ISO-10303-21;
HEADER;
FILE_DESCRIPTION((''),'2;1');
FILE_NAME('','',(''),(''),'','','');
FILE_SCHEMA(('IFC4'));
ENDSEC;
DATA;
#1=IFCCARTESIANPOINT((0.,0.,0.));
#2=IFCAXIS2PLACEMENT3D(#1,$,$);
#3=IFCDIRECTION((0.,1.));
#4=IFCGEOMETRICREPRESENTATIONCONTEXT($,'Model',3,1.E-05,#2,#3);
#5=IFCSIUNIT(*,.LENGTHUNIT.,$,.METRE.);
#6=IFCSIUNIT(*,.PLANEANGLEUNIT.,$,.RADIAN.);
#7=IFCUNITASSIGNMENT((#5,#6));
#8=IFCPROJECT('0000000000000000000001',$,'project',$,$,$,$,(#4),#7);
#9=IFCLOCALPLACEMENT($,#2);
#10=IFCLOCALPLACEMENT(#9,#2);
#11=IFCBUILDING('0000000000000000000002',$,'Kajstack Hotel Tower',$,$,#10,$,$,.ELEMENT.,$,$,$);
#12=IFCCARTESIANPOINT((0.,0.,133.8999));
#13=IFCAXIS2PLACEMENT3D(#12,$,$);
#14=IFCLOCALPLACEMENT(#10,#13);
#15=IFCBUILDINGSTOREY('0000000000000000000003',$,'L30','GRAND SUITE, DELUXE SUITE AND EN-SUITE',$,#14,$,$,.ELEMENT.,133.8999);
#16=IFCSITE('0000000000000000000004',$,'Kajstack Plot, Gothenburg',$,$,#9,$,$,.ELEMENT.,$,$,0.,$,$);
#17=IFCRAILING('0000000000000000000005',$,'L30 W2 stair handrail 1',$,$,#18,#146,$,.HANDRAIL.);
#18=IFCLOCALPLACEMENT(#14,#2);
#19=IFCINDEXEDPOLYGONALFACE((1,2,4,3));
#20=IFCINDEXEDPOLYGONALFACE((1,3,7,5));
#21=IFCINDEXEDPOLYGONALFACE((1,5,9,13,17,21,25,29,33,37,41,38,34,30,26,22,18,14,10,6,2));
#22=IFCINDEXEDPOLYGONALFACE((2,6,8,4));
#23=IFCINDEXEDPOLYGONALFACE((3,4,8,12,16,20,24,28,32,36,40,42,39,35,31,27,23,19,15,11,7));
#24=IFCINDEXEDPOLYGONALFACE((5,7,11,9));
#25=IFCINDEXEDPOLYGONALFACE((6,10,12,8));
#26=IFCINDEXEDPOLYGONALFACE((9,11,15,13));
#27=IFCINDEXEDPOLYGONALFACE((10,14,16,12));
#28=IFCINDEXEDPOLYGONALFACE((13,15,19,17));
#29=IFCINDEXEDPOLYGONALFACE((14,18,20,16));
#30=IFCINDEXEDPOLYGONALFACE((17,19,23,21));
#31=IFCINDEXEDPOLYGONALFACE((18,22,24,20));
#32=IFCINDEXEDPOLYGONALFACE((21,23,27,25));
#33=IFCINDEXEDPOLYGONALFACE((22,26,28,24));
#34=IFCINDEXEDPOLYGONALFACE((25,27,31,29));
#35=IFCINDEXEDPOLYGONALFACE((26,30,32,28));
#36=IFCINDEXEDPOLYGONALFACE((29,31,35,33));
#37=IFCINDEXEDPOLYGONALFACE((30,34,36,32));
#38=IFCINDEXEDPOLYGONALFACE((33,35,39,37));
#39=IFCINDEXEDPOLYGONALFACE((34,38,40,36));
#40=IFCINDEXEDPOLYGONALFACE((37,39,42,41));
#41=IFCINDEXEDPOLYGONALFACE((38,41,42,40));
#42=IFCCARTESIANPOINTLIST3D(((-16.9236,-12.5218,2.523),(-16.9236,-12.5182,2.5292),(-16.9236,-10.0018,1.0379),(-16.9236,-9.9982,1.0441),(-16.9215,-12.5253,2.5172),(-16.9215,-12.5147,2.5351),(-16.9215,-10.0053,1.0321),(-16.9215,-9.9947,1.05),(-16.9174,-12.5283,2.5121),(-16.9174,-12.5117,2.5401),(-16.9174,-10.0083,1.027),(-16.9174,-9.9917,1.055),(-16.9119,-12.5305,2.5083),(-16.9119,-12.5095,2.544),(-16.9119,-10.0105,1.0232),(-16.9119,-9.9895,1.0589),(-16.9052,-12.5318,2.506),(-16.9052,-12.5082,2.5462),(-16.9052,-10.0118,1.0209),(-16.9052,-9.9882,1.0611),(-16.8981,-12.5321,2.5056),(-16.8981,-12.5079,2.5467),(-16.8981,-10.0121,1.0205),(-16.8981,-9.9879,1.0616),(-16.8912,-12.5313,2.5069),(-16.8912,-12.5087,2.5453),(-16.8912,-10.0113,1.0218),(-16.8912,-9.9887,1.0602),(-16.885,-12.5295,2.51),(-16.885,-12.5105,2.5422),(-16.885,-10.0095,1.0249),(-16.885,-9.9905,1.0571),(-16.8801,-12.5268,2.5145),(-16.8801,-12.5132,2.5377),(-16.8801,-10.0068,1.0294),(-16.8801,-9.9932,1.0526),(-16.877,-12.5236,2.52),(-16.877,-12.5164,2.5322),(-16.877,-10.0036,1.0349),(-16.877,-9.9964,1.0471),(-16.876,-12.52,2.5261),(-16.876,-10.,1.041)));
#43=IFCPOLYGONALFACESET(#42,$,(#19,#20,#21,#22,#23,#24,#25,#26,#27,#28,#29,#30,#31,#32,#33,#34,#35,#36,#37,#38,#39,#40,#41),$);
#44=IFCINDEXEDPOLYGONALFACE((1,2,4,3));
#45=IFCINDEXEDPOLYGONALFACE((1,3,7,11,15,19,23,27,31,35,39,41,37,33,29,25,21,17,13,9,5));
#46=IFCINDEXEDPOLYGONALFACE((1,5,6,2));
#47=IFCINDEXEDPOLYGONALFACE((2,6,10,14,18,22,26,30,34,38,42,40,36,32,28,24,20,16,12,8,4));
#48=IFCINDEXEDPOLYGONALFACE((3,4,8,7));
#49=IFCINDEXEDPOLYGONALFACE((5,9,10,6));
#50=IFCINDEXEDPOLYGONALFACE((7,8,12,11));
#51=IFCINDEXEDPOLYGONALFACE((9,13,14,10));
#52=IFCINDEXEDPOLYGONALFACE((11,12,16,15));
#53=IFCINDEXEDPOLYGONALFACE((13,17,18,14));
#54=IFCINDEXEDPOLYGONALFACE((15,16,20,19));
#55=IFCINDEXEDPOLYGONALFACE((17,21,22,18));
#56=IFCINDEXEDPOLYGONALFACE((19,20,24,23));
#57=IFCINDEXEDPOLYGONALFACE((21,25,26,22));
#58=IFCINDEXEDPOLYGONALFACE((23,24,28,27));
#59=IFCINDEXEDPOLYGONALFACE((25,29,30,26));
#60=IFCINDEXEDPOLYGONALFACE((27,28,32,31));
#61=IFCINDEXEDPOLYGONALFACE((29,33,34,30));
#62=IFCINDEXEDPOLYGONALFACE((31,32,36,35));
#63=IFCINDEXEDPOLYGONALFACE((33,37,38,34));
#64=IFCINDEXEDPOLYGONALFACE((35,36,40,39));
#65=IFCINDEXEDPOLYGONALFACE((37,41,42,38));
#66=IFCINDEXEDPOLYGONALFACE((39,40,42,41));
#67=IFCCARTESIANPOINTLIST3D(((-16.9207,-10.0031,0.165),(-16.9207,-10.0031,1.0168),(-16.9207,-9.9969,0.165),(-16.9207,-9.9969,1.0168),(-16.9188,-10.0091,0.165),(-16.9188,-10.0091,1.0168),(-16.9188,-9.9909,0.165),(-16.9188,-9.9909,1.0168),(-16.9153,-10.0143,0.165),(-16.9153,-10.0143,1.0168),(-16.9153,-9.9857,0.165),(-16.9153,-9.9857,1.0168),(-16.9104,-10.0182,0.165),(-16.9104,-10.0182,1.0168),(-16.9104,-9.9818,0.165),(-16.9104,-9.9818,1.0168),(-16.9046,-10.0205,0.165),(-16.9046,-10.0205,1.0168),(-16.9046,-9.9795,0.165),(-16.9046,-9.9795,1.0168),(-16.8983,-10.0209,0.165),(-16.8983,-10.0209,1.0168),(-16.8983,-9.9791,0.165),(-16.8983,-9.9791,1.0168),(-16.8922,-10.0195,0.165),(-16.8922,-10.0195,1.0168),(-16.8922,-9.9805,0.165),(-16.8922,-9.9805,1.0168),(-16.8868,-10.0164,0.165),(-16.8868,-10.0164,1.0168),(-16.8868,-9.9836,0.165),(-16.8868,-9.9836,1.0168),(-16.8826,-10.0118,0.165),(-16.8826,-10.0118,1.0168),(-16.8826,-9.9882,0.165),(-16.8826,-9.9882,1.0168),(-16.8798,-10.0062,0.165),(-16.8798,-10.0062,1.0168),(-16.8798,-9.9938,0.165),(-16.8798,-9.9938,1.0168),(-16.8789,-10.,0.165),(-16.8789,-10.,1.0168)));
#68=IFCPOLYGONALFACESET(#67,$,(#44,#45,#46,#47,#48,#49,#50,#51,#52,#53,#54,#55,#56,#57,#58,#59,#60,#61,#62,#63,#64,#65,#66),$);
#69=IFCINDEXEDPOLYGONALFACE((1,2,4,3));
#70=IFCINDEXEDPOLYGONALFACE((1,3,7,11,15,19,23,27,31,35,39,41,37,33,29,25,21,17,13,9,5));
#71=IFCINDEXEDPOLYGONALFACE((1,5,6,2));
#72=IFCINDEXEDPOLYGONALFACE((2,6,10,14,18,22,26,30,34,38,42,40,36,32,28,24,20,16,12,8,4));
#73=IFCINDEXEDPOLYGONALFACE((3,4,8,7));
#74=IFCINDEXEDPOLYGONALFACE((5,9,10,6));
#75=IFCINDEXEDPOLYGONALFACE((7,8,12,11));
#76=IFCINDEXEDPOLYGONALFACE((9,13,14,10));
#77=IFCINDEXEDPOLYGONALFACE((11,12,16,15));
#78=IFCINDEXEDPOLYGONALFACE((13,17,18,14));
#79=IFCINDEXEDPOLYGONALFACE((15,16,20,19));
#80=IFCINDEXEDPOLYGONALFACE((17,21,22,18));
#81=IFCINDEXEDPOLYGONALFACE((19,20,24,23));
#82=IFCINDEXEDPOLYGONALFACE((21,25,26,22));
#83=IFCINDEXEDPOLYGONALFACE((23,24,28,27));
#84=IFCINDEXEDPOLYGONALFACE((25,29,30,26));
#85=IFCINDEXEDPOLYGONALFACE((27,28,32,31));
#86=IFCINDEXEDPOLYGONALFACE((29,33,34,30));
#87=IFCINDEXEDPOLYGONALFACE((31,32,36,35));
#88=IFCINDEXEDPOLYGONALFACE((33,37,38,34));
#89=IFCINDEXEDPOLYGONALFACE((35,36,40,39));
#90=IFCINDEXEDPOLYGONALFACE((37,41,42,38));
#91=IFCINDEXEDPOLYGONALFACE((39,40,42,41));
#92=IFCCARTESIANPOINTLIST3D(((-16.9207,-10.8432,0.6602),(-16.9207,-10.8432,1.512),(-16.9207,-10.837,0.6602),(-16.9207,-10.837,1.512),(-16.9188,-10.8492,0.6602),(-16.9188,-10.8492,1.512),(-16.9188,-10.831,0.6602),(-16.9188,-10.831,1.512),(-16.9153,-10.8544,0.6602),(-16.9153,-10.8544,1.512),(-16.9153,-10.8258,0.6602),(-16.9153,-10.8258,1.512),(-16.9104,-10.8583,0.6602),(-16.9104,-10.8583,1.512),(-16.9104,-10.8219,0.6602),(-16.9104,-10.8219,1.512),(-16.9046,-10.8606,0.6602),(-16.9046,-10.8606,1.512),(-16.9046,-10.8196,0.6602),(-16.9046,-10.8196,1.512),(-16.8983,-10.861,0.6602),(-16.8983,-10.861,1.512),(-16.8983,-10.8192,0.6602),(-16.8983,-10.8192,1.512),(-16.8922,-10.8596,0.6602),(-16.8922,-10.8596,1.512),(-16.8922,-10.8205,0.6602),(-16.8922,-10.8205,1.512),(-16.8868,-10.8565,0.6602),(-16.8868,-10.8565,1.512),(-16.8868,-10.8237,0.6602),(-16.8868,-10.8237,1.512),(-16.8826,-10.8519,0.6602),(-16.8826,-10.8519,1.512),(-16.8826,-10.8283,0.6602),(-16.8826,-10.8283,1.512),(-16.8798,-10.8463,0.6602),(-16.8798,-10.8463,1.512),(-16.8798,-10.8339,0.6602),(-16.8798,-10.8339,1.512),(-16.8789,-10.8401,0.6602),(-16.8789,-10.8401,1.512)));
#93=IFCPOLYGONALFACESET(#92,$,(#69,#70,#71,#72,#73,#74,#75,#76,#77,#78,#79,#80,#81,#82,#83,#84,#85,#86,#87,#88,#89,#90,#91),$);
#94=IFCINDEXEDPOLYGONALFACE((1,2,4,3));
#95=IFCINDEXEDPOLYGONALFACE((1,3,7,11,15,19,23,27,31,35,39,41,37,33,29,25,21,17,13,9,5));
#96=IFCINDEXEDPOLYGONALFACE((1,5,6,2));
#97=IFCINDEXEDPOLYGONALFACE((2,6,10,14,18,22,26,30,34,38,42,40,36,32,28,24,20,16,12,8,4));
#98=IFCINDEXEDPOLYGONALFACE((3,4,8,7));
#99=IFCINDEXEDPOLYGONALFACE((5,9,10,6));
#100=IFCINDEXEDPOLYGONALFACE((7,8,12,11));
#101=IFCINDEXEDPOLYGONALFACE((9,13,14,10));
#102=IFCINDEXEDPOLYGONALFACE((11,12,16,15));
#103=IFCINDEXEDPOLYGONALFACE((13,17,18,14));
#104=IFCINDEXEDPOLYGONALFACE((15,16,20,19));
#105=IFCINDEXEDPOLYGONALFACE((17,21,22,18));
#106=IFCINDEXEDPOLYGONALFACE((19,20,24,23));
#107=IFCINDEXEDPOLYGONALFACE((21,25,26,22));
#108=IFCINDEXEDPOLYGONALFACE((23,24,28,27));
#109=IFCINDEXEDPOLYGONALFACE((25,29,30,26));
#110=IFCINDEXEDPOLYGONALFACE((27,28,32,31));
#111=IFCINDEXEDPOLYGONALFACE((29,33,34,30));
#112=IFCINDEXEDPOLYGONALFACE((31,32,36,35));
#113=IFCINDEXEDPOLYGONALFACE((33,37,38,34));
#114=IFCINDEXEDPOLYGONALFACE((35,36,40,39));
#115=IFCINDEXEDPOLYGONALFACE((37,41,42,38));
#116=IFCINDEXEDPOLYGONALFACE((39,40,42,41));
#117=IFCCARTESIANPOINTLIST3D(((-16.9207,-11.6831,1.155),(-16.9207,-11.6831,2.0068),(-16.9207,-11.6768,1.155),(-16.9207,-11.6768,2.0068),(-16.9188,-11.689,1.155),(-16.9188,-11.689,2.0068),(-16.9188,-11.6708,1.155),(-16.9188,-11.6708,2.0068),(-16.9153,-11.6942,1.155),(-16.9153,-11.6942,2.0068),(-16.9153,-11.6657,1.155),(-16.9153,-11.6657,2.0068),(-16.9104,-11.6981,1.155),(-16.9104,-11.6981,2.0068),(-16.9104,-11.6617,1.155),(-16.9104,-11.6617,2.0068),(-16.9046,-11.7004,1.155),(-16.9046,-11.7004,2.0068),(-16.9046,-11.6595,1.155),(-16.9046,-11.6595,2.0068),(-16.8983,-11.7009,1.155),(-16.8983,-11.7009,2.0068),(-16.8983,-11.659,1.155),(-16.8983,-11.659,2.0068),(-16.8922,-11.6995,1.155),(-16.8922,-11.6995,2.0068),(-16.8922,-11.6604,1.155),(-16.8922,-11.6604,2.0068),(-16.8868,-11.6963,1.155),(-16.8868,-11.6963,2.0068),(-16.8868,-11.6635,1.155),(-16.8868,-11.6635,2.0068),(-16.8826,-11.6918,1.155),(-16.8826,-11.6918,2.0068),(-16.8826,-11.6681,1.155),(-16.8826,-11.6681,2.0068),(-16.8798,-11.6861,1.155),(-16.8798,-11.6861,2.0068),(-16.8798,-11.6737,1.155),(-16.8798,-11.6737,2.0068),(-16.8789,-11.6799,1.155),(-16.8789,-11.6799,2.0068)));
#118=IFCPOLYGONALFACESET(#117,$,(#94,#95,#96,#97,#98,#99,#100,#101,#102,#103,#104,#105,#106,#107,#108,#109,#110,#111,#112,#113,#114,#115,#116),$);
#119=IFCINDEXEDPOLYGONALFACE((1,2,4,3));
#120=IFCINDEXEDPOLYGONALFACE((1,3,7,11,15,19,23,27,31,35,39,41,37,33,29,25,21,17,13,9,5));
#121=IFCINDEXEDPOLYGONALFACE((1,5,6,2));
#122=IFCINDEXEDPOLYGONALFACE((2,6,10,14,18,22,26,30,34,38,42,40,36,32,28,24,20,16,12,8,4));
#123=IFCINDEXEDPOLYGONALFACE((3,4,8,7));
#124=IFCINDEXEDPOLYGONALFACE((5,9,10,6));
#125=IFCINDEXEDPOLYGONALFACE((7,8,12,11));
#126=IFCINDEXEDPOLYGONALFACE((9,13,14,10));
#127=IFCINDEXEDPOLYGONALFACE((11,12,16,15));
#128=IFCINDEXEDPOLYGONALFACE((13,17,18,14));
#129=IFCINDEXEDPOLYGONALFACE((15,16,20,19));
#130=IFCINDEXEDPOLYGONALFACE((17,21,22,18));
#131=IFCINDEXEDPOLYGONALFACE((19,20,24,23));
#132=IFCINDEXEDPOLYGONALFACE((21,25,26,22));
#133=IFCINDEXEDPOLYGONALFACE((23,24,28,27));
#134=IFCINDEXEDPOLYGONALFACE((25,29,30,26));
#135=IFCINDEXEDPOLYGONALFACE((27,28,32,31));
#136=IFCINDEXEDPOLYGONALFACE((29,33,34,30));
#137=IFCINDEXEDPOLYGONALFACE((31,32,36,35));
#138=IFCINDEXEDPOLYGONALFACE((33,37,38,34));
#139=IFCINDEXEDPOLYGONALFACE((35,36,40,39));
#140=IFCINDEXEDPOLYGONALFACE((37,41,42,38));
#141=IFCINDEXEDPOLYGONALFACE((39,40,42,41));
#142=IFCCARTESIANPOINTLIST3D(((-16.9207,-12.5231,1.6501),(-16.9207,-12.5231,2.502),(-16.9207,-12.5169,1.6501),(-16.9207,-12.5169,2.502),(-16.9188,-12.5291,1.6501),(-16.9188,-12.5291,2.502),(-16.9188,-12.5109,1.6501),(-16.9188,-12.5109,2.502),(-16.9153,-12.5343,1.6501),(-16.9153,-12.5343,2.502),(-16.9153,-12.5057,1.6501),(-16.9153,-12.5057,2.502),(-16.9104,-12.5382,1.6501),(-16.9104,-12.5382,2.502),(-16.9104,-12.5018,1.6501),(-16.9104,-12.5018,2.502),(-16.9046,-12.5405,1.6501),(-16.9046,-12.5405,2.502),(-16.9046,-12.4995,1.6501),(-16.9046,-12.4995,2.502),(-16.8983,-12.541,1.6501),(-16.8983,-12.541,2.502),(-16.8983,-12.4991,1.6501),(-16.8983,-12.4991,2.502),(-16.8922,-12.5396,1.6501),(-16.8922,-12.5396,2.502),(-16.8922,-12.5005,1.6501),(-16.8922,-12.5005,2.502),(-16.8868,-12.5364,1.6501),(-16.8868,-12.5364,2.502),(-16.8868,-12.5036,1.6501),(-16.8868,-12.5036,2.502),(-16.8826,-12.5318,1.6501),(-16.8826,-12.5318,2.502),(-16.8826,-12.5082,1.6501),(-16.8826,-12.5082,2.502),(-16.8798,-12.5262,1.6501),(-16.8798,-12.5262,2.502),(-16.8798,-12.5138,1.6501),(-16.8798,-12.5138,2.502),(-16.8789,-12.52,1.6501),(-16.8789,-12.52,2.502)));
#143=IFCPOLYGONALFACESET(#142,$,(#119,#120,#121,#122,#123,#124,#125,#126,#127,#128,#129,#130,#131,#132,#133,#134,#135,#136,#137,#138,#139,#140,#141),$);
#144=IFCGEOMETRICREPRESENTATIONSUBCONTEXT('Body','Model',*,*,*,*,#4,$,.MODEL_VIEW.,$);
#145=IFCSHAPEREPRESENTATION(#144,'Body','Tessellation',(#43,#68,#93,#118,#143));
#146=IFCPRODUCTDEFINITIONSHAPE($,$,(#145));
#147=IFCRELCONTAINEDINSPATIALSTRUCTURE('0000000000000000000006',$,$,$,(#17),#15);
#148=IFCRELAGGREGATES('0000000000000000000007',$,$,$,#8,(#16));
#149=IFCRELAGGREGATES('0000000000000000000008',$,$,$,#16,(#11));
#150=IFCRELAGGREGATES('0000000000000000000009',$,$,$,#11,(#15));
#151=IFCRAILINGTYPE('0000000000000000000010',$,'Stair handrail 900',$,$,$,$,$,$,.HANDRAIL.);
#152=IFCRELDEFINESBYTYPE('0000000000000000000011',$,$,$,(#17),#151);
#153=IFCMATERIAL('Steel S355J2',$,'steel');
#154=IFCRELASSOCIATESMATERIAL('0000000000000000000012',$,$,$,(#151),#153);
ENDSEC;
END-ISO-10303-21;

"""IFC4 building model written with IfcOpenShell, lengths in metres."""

from ifc_helpers import new_model, si_unit, direction, frame, origin, origin_2d, place, context, subcontext, project, spatial, circle, extrude, material, type_object, element, save


model = new_model("IFC4")

# Units and contexts
model_context = context("Model", 3, precision=1e-05, world=origin(), true_north=direction((0.0, 1.0)))
body_context = subcontext(model_context, "Body", "Model", "MODEL_VIEW")
ifc_project = project(units=[si_unit("LENGTHUNIT", "METRE"), si_unit("PLANEANGLEUNIT", "RADIAN")], contexts=[model_context])

# Site, building, storey
site_placement = place(None, origin())
site = spatial("IfcSite", under=ifc_project, at=site_placement, Name="Kajstack Plot, Gothenburg", CompositionType="ELEMENT", RefElevation=0.0)
building_placement = place(site_placement, origin())
building = spatial("IfcBuilding", under=site, at=building_placement, Name="Kajstack Hotel Tower", CompositionType="ELEMENT")
storey_placement = place(building_placement, frame((0.0, 0.0, 133.8999)))
storey = spatial("IfcBuildingStorey", under=building, at=storey_placement, Name="L30", Description="GRAND SUITE, DELUXE SUITE AND EN-SUITE", CompositionType="ELEMENT", Elevation=133.8999)

# Railing
ifc_material_1 = material(Name="Steel S355J2", Category="steel")
railing_type_1 = type_object("IfcRailingType", Name="Stair handrail 900", PredefinedType="HANDRAIL", material=ifc_material_1)
railing_1_placement = place(storey_placement, frame((-16.8999, -10.0, 0.165)))
element("IfcRailing", 1, at=railing_1_placement, inside=storey, type_object=railing_type_1, Name="L30 W2 stair handrail 1", PredefinedType="HANDRAIL", context=body_context, shape_type="SweptSolid", body=[
    extrude(circle(Radius=0.0239, at=origin_2d()), frame((0.0, 0.0, 0.876), z_axis=(0.0, -0.861524, 0.507717), x_axis=(1.0, 0.0, 0.0)), (0.0, 0.0, 1.0), 2.925),
    extrude(circle(Radius=0.021, at=origin_2d()), origin(), (0.0, 0.0, 1.0), 0.8518),
    extrude(circle(Radius=0.021, at=origin_2d()), frame((0.0, -0.8401, 0.4951)), (0.0, 0.0, 1.0), 0.8518),
    extrude(circle(Radius=0.021, at=origin_2d()), frame((0.0, -1.6799, 0.99)), (0.0, 0.0, 1.0), 0.8518),
    extrude(circle(Radius=0.021, at=origin_2d()), frame((0.0, -2.52, 1.4851)), (0.0, 0.0, 1.0), 0.8518),
])

save(model, "model.ifc")
